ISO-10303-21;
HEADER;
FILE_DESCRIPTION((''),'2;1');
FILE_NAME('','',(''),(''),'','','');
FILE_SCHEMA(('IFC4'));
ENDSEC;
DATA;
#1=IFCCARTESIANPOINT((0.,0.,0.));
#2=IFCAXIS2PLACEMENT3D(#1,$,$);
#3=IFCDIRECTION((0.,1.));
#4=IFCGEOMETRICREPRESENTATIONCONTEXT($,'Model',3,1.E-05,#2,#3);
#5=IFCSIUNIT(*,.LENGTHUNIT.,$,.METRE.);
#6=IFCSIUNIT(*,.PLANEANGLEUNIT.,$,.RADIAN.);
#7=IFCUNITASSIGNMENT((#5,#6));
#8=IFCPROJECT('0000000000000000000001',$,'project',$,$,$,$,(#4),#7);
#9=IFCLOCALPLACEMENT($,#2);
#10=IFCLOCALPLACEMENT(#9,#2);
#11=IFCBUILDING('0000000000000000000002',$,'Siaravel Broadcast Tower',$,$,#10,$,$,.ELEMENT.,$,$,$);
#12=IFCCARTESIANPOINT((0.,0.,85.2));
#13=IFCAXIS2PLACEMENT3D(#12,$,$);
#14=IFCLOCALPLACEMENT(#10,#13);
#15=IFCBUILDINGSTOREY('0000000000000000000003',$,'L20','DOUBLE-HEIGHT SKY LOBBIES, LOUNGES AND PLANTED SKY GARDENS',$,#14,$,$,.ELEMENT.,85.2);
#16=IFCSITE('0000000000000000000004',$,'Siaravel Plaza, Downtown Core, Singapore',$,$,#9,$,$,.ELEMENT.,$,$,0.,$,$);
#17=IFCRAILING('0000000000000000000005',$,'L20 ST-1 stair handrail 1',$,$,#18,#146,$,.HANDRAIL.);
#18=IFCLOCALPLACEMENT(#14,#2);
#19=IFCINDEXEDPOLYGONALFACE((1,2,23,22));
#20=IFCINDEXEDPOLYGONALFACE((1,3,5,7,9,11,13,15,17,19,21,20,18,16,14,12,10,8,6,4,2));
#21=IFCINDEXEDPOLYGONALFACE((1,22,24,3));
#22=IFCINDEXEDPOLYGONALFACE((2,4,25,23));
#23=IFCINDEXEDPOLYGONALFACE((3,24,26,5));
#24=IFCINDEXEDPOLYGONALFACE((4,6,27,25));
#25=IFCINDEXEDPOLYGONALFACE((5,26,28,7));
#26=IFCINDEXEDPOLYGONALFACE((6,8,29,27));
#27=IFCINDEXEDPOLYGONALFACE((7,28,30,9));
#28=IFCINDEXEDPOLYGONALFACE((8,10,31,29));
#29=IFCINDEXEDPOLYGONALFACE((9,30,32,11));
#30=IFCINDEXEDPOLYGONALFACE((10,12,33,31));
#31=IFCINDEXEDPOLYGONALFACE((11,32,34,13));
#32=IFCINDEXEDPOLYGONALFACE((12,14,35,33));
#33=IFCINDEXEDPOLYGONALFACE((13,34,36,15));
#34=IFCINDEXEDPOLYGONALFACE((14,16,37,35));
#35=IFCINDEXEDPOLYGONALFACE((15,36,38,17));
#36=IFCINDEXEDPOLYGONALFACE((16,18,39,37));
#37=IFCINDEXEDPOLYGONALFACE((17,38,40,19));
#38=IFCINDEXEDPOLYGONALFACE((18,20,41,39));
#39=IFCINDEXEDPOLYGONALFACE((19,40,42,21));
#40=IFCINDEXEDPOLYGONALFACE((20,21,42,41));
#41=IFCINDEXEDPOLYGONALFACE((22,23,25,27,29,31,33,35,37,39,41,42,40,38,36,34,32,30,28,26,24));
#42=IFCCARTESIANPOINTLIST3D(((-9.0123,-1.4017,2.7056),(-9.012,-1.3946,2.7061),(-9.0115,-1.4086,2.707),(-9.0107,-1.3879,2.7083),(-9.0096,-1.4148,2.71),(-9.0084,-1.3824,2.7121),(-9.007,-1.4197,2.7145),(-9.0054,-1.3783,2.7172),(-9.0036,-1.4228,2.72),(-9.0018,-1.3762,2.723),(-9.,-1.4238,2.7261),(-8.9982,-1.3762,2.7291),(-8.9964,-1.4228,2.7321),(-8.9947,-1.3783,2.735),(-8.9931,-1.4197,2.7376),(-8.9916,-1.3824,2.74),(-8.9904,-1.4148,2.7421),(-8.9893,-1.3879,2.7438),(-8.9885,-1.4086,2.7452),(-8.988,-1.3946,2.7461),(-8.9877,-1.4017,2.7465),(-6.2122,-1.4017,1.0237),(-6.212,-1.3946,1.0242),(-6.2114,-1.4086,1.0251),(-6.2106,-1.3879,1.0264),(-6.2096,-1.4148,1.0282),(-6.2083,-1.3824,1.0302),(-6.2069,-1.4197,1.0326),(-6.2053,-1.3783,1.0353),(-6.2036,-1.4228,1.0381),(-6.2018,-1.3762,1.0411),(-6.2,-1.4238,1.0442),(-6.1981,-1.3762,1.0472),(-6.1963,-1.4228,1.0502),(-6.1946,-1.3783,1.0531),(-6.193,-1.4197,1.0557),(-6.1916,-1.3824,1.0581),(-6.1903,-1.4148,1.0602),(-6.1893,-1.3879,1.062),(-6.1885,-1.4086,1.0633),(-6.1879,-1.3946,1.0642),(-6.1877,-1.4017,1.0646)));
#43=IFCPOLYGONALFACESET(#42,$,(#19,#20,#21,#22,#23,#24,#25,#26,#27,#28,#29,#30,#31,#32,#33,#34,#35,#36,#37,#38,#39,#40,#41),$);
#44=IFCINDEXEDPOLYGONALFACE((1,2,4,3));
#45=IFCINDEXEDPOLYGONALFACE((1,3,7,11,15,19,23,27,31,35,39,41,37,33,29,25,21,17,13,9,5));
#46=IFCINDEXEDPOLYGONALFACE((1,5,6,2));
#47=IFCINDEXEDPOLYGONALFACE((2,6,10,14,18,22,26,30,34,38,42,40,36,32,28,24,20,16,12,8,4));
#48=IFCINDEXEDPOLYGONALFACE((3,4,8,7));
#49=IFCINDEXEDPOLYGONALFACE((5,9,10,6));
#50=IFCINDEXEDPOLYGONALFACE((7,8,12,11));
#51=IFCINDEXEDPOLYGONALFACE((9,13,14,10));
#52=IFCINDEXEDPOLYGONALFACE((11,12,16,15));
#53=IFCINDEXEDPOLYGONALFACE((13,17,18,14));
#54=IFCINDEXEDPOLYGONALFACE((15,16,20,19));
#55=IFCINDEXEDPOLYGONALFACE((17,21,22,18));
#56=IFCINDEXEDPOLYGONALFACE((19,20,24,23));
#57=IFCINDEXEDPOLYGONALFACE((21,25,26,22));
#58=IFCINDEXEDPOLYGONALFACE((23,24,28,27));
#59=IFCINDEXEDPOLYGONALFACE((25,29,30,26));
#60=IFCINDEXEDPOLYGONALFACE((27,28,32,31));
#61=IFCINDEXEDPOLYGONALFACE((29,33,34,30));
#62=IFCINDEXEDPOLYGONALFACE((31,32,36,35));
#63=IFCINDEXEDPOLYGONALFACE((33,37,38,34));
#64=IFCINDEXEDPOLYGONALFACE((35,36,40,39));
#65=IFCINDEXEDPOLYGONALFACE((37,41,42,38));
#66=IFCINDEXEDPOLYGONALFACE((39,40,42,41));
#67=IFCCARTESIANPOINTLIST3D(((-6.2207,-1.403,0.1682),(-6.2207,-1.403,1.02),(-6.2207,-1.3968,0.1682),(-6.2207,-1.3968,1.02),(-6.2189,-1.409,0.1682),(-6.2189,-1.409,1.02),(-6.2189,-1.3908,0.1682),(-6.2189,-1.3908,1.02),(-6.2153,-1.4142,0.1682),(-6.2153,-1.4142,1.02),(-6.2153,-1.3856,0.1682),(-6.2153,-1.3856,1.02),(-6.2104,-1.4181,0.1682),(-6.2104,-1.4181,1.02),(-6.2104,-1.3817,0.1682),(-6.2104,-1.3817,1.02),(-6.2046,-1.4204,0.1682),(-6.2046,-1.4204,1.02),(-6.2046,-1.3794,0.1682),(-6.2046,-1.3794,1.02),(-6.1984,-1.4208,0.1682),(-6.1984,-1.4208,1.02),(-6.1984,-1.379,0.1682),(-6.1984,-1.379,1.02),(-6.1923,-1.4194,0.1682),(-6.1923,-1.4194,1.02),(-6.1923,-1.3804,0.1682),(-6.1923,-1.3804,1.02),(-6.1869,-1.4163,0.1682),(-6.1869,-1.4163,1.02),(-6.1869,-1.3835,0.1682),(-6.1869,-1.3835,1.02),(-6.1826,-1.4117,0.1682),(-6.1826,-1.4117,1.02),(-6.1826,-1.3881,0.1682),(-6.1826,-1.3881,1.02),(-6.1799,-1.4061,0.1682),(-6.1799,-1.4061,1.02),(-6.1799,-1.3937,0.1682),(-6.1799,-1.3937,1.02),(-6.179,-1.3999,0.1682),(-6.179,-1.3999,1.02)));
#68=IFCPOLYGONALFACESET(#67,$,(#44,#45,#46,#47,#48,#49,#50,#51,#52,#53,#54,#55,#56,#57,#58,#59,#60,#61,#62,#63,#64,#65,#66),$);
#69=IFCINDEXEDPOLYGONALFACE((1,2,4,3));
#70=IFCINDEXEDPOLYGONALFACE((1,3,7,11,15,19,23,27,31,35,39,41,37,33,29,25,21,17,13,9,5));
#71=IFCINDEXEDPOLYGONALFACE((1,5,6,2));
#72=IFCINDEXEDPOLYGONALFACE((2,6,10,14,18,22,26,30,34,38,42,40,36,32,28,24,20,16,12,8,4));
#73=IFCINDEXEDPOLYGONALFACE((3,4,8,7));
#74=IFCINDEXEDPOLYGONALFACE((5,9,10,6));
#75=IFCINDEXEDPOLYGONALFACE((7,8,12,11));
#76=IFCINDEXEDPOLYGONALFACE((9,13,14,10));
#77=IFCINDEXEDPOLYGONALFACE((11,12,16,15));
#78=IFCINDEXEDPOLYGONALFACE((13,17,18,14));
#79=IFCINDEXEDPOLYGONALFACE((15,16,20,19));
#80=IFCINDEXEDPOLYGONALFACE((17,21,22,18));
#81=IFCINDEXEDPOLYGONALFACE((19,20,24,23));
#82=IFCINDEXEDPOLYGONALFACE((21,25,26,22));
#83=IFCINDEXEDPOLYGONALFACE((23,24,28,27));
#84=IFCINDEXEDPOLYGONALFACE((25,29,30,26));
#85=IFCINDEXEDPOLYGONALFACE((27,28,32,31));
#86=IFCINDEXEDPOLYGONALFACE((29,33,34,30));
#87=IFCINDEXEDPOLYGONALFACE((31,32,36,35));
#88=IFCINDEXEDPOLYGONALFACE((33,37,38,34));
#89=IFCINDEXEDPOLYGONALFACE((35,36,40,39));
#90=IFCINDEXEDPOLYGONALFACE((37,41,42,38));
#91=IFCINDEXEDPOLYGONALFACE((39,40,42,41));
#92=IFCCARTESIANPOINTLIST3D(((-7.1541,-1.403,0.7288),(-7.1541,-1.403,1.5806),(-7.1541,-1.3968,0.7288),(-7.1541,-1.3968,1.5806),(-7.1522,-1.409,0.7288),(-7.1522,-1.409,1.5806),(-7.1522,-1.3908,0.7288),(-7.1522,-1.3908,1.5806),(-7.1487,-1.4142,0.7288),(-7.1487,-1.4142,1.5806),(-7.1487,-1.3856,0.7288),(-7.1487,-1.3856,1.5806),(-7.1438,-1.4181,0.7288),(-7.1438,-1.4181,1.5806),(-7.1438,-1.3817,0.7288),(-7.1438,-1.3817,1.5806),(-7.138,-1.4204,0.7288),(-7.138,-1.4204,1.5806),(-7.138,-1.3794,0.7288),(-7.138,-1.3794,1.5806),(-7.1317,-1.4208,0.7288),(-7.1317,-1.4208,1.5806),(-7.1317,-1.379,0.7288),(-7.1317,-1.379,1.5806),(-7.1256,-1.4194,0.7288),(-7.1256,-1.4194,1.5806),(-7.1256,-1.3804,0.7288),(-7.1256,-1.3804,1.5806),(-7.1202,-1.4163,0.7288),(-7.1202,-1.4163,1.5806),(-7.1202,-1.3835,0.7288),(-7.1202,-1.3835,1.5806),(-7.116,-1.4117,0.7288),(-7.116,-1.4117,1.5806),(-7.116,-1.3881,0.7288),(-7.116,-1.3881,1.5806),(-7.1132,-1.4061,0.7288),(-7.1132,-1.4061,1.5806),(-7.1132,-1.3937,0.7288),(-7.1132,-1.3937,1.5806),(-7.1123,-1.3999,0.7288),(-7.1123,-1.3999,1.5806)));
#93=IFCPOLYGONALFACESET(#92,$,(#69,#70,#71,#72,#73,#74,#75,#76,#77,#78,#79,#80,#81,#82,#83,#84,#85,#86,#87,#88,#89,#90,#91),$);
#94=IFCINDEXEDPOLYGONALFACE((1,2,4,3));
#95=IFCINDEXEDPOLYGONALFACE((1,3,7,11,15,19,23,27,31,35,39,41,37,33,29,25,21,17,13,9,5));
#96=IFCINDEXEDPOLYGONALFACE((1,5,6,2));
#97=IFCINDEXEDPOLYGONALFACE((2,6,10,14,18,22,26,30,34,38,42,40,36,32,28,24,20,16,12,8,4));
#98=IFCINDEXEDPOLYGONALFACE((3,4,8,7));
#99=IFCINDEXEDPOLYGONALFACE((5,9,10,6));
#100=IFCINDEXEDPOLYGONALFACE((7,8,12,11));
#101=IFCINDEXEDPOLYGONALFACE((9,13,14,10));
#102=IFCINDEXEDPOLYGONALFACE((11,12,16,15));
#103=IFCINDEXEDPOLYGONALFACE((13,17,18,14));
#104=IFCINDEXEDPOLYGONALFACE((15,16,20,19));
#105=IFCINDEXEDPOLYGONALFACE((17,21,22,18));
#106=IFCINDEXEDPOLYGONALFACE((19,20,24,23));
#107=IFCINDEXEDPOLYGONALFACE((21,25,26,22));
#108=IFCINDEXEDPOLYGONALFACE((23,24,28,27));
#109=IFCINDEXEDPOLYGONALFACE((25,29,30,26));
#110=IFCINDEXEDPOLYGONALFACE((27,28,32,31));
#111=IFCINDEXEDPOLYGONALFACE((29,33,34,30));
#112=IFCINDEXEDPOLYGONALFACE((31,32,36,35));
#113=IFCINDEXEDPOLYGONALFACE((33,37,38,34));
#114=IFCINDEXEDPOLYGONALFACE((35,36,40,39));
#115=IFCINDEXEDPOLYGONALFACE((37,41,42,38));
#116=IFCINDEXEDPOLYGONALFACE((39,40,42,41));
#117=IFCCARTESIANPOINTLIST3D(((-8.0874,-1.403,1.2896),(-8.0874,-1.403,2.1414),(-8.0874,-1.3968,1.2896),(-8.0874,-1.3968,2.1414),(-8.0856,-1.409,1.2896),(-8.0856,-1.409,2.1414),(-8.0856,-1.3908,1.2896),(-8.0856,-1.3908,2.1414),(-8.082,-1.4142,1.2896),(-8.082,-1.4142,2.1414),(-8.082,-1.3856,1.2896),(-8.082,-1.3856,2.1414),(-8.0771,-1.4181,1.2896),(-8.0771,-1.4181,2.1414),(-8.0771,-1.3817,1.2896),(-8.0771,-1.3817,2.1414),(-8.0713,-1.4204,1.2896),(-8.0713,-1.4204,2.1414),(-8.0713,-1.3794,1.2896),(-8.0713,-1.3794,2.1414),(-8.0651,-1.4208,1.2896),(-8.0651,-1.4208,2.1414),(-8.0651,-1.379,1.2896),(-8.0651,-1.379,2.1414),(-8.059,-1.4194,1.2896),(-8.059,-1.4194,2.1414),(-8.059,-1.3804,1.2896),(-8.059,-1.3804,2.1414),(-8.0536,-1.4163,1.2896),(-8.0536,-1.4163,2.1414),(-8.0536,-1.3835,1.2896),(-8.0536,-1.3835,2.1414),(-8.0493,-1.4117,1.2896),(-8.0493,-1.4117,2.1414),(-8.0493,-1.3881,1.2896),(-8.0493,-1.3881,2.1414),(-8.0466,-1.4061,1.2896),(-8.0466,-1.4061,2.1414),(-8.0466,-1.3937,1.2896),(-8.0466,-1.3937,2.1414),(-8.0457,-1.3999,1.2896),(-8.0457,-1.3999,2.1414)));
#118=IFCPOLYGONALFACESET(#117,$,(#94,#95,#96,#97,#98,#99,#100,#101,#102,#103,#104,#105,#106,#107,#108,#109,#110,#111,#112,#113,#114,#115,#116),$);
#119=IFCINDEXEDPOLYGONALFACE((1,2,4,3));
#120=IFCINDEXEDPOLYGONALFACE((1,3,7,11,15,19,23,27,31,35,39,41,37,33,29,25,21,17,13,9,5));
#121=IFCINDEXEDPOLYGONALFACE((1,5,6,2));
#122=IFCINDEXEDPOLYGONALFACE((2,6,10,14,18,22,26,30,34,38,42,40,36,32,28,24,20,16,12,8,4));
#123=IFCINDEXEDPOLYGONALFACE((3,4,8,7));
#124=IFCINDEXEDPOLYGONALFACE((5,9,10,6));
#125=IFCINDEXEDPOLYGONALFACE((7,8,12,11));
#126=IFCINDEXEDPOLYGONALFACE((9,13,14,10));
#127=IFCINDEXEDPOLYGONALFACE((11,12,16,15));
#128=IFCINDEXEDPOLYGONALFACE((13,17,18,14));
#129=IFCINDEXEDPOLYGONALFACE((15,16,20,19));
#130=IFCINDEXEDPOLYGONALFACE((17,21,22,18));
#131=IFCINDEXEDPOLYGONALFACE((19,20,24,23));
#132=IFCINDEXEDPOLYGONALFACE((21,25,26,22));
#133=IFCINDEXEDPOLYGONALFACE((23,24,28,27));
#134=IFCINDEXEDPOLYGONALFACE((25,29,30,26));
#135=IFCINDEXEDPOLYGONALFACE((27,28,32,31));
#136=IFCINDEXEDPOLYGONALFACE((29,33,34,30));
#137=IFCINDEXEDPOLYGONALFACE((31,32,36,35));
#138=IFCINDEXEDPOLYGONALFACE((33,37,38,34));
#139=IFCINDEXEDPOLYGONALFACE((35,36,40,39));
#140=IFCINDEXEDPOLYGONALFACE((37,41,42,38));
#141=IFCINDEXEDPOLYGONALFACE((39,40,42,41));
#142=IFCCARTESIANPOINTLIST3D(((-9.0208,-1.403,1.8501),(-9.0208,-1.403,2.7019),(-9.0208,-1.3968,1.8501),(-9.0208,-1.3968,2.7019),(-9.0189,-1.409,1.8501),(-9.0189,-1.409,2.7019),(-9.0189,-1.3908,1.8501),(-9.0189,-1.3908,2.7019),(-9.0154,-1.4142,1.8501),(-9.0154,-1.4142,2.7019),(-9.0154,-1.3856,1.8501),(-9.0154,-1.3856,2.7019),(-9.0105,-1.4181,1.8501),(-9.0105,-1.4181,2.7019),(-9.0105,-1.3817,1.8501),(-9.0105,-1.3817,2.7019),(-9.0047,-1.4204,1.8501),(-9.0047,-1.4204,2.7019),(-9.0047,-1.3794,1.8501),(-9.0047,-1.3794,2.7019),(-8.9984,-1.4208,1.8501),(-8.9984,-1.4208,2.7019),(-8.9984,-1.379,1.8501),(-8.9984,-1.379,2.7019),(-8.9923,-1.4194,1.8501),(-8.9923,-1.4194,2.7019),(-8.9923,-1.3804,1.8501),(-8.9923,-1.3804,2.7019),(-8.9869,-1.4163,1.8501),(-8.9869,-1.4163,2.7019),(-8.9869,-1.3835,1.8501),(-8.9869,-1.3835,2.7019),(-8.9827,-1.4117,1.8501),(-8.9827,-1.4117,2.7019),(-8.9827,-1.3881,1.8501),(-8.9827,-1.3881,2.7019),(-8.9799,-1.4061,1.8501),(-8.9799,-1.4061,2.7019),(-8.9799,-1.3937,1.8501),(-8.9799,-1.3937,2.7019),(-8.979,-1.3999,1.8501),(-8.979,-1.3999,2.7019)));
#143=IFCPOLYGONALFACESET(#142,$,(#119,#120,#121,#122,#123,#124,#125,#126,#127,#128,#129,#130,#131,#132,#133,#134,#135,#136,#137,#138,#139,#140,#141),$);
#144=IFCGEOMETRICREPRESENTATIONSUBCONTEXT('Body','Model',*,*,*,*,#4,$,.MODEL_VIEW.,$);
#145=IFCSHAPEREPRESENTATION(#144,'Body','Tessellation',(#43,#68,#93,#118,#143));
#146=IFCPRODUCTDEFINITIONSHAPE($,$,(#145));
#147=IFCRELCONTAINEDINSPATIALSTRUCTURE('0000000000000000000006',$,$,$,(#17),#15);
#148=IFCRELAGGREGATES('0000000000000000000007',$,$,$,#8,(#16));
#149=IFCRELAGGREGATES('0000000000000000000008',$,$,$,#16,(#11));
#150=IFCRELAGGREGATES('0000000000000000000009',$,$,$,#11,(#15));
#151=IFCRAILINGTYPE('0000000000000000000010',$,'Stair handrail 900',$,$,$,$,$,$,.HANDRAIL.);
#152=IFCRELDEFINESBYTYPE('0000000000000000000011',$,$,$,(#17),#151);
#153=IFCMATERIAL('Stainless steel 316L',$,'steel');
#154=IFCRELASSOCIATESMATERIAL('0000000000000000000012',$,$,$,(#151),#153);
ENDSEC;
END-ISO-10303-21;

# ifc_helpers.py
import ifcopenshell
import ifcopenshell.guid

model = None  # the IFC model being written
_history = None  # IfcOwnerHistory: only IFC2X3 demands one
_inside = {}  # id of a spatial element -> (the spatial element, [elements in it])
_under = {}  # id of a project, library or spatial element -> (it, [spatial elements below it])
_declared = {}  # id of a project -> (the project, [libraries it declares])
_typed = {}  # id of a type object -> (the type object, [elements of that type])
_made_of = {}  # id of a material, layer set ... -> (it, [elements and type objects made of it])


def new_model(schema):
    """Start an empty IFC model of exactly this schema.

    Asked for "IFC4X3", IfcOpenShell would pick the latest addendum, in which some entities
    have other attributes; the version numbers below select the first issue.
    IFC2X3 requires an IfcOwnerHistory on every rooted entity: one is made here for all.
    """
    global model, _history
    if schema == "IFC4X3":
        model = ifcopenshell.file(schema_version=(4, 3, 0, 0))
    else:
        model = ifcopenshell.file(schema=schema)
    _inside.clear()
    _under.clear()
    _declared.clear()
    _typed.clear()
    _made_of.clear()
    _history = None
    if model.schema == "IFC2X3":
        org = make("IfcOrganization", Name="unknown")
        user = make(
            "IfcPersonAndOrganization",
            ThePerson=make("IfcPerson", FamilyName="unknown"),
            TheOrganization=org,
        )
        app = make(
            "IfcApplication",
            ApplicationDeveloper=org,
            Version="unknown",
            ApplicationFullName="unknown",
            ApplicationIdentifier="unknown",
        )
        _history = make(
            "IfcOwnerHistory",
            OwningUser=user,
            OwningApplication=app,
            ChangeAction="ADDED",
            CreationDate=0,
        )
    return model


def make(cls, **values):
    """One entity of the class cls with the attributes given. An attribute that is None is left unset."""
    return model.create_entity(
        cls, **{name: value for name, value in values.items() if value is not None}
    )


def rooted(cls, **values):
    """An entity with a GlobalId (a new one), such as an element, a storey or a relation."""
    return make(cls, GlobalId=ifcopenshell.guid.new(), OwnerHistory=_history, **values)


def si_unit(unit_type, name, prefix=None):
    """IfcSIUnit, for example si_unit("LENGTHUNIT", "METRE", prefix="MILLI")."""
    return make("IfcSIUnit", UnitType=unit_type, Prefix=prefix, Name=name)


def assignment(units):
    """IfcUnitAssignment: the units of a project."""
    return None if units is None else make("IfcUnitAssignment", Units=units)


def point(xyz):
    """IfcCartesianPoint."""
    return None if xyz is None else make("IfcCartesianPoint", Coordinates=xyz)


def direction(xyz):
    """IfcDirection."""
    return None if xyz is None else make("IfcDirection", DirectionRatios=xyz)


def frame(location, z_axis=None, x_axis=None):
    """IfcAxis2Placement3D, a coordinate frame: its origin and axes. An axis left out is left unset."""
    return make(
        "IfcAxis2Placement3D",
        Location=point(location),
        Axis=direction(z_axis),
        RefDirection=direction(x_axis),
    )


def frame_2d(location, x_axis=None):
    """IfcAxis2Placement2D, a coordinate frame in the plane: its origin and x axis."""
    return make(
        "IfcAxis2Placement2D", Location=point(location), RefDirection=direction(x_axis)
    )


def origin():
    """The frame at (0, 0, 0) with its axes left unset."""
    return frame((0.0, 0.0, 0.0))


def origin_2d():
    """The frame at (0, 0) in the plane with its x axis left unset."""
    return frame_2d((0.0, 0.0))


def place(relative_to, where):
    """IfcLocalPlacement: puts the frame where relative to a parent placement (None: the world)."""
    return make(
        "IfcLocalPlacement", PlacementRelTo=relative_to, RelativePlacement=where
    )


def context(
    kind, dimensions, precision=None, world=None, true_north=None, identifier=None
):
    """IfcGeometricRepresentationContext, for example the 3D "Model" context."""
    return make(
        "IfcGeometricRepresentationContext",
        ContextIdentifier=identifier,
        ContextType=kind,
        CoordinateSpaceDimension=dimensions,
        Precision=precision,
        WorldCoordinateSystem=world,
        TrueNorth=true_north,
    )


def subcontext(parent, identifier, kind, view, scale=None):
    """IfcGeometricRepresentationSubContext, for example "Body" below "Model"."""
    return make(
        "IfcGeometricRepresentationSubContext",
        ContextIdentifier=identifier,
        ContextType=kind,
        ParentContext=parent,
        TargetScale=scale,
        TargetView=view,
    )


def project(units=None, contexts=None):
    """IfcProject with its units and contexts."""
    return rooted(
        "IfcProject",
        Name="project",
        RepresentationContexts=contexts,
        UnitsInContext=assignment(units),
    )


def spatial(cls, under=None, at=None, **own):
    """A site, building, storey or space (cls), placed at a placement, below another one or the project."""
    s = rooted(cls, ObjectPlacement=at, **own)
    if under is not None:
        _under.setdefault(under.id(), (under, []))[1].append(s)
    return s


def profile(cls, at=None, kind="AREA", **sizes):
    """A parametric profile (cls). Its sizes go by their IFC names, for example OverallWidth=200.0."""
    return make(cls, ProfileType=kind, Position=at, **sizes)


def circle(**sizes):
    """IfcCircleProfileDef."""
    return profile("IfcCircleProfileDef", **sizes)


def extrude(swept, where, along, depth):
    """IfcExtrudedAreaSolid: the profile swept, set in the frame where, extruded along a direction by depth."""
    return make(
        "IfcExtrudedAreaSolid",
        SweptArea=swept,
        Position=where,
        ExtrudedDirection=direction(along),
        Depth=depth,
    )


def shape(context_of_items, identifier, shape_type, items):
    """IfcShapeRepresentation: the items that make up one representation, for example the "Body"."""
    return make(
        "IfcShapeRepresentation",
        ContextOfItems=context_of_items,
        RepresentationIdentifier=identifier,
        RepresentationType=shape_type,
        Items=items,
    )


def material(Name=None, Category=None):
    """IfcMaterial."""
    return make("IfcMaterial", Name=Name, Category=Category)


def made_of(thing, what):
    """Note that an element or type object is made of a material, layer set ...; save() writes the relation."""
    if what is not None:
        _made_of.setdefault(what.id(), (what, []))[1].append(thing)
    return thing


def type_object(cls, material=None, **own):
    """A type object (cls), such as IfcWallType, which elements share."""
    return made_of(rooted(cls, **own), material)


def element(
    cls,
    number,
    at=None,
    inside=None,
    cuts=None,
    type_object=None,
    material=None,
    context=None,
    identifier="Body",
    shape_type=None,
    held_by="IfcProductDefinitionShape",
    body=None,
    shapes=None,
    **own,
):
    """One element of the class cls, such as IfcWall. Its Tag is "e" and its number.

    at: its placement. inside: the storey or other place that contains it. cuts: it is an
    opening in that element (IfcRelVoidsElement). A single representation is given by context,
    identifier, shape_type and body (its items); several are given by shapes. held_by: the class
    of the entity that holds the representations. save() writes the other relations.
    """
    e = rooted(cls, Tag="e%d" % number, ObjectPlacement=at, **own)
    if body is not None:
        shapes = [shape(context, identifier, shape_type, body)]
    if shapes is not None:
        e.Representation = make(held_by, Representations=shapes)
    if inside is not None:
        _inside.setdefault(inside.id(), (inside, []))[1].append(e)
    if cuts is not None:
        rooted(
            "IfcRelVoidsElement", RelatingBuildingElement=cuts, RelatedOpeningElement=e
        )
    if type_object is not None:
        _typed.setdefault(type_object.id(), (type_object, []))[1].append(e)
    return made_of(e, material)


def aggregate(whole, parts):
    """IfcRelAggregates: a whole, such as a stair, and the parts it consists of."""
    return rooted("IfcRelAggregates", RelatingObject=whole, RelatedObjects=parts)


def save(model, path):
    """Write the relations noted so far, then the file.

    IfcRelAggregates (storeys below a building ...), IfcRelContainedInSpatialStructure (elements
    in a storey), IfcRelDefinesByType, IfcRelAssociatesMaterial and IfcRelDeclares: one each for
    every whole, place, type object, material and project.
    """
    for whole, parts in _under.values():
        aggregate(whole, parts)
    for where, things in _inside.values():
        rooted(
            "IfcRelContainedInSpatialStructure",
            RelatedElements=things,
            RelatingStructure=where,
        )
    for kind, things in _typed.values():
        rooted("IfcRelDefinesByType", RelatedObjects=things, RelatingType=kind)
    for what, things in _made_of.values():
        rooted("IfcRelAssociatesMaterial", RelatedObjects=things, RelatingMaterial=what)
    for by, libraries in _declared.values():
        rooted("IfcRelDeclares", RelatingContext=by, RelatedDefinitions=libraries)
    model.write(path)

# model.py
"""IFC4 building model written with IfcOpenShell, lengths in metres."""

from ifc_helpers import new_model, si_unit, direction, frame, origin, origin_2d, place, context, subcontext, project, spatial, circle, extrude, material, type_object, element, save


model = new_model("IFC4")

# Units and contexts
model_context = context("Model", 3, precision=1e-05, world=origin(), true_north=direction((0.0, 1.0)))
body_context = subcontext(model_context, "Body", "Model", "MODEL_VIEW")
ifc_project = project(units=[si_unit("LENGTHUNIT", "METRE"), si_unit("PLANEANGLEUNIT", "RADIAN")], contexts=[model_context])

# Site, building, storey
site_placement = place(None, origin())
site = spatial("IfcSite", under=ifc_project, at=site_placement, Name="Siaravel Plaza, Downtown Core, Singapore", CompositionType="ELEMENT", RefElevation=0.0)
building_placement = place(site_placement, origin())
building = spatial("IfcBuilding", under=site, at=building_placement, Name="Siaravel Broadcast Tower", CompositionType="ELEMENT")
storey_placement = place(building_placement, frame((0.0, 0.0, 85.2)))
storey = spatial("IfcBuildingStorey", under=building, at=storey_placement, Name="L20", Description="DOUBLE-HEIGHT SKY LOBBIES, LOUNGES AND PLANTED SKY GARDENS", CompositionType="ELEMENT", Elevation=85.2)

# Shared definitions
ifc_material_1 = material(Name="Stainless steel 316L", Category="steel")

# Railing
railing_type = type_object("IfcRailingType", Name="Stair handrail 900", PredefinedType="HANDRAIL", material=ifc_material_1)
for number, where, name in (
    (1, (-6.2, -1.3999, 0.1682), "L20 ST-1 stair handrail 1"),
):
    element("IfcRailing", number, at=place(storey_placement, frame(where)), inside=storey, type_object=railing_type, Name=name, PredefinedType="HANDRAIL", context=body_context, shape_type="SweptSolid", body=[
        extrude(circle(Radius=0.0239, at=origin_2d()), frame((0.0, 0.0, 0.876), z_axis=(-0.857242, 0.0, 0.514913), x_axis=(0.0, -1.0, 0.0)), (0.0, 0.0, 1.0), 3.2664),
        extrude(circle(Radius=0.021, at=origin_2d()), origin(), (0.0, 0.0, 1.0), 0.8518),
        extrude(circle(Radius=0.021, at=origin_2d()), frame((-0.9333, 0.0, 0.5605)), (0.0, 0.0, 1.0), 0.8518),
        extrude(circle(Radius=0.021, at=origin_2d()), frame((-1.8667, 0.0, 1.1213)), (0.0, 0.0, 1.0), 0.8518),
        extrude(circle(Radius=0.021, at=origin_2d()), frame((-2.8, 0.0, 1.6819)), (0.0, 0.0, 1.0), 0.8518),
    ])

save(model, "model.ifc")
